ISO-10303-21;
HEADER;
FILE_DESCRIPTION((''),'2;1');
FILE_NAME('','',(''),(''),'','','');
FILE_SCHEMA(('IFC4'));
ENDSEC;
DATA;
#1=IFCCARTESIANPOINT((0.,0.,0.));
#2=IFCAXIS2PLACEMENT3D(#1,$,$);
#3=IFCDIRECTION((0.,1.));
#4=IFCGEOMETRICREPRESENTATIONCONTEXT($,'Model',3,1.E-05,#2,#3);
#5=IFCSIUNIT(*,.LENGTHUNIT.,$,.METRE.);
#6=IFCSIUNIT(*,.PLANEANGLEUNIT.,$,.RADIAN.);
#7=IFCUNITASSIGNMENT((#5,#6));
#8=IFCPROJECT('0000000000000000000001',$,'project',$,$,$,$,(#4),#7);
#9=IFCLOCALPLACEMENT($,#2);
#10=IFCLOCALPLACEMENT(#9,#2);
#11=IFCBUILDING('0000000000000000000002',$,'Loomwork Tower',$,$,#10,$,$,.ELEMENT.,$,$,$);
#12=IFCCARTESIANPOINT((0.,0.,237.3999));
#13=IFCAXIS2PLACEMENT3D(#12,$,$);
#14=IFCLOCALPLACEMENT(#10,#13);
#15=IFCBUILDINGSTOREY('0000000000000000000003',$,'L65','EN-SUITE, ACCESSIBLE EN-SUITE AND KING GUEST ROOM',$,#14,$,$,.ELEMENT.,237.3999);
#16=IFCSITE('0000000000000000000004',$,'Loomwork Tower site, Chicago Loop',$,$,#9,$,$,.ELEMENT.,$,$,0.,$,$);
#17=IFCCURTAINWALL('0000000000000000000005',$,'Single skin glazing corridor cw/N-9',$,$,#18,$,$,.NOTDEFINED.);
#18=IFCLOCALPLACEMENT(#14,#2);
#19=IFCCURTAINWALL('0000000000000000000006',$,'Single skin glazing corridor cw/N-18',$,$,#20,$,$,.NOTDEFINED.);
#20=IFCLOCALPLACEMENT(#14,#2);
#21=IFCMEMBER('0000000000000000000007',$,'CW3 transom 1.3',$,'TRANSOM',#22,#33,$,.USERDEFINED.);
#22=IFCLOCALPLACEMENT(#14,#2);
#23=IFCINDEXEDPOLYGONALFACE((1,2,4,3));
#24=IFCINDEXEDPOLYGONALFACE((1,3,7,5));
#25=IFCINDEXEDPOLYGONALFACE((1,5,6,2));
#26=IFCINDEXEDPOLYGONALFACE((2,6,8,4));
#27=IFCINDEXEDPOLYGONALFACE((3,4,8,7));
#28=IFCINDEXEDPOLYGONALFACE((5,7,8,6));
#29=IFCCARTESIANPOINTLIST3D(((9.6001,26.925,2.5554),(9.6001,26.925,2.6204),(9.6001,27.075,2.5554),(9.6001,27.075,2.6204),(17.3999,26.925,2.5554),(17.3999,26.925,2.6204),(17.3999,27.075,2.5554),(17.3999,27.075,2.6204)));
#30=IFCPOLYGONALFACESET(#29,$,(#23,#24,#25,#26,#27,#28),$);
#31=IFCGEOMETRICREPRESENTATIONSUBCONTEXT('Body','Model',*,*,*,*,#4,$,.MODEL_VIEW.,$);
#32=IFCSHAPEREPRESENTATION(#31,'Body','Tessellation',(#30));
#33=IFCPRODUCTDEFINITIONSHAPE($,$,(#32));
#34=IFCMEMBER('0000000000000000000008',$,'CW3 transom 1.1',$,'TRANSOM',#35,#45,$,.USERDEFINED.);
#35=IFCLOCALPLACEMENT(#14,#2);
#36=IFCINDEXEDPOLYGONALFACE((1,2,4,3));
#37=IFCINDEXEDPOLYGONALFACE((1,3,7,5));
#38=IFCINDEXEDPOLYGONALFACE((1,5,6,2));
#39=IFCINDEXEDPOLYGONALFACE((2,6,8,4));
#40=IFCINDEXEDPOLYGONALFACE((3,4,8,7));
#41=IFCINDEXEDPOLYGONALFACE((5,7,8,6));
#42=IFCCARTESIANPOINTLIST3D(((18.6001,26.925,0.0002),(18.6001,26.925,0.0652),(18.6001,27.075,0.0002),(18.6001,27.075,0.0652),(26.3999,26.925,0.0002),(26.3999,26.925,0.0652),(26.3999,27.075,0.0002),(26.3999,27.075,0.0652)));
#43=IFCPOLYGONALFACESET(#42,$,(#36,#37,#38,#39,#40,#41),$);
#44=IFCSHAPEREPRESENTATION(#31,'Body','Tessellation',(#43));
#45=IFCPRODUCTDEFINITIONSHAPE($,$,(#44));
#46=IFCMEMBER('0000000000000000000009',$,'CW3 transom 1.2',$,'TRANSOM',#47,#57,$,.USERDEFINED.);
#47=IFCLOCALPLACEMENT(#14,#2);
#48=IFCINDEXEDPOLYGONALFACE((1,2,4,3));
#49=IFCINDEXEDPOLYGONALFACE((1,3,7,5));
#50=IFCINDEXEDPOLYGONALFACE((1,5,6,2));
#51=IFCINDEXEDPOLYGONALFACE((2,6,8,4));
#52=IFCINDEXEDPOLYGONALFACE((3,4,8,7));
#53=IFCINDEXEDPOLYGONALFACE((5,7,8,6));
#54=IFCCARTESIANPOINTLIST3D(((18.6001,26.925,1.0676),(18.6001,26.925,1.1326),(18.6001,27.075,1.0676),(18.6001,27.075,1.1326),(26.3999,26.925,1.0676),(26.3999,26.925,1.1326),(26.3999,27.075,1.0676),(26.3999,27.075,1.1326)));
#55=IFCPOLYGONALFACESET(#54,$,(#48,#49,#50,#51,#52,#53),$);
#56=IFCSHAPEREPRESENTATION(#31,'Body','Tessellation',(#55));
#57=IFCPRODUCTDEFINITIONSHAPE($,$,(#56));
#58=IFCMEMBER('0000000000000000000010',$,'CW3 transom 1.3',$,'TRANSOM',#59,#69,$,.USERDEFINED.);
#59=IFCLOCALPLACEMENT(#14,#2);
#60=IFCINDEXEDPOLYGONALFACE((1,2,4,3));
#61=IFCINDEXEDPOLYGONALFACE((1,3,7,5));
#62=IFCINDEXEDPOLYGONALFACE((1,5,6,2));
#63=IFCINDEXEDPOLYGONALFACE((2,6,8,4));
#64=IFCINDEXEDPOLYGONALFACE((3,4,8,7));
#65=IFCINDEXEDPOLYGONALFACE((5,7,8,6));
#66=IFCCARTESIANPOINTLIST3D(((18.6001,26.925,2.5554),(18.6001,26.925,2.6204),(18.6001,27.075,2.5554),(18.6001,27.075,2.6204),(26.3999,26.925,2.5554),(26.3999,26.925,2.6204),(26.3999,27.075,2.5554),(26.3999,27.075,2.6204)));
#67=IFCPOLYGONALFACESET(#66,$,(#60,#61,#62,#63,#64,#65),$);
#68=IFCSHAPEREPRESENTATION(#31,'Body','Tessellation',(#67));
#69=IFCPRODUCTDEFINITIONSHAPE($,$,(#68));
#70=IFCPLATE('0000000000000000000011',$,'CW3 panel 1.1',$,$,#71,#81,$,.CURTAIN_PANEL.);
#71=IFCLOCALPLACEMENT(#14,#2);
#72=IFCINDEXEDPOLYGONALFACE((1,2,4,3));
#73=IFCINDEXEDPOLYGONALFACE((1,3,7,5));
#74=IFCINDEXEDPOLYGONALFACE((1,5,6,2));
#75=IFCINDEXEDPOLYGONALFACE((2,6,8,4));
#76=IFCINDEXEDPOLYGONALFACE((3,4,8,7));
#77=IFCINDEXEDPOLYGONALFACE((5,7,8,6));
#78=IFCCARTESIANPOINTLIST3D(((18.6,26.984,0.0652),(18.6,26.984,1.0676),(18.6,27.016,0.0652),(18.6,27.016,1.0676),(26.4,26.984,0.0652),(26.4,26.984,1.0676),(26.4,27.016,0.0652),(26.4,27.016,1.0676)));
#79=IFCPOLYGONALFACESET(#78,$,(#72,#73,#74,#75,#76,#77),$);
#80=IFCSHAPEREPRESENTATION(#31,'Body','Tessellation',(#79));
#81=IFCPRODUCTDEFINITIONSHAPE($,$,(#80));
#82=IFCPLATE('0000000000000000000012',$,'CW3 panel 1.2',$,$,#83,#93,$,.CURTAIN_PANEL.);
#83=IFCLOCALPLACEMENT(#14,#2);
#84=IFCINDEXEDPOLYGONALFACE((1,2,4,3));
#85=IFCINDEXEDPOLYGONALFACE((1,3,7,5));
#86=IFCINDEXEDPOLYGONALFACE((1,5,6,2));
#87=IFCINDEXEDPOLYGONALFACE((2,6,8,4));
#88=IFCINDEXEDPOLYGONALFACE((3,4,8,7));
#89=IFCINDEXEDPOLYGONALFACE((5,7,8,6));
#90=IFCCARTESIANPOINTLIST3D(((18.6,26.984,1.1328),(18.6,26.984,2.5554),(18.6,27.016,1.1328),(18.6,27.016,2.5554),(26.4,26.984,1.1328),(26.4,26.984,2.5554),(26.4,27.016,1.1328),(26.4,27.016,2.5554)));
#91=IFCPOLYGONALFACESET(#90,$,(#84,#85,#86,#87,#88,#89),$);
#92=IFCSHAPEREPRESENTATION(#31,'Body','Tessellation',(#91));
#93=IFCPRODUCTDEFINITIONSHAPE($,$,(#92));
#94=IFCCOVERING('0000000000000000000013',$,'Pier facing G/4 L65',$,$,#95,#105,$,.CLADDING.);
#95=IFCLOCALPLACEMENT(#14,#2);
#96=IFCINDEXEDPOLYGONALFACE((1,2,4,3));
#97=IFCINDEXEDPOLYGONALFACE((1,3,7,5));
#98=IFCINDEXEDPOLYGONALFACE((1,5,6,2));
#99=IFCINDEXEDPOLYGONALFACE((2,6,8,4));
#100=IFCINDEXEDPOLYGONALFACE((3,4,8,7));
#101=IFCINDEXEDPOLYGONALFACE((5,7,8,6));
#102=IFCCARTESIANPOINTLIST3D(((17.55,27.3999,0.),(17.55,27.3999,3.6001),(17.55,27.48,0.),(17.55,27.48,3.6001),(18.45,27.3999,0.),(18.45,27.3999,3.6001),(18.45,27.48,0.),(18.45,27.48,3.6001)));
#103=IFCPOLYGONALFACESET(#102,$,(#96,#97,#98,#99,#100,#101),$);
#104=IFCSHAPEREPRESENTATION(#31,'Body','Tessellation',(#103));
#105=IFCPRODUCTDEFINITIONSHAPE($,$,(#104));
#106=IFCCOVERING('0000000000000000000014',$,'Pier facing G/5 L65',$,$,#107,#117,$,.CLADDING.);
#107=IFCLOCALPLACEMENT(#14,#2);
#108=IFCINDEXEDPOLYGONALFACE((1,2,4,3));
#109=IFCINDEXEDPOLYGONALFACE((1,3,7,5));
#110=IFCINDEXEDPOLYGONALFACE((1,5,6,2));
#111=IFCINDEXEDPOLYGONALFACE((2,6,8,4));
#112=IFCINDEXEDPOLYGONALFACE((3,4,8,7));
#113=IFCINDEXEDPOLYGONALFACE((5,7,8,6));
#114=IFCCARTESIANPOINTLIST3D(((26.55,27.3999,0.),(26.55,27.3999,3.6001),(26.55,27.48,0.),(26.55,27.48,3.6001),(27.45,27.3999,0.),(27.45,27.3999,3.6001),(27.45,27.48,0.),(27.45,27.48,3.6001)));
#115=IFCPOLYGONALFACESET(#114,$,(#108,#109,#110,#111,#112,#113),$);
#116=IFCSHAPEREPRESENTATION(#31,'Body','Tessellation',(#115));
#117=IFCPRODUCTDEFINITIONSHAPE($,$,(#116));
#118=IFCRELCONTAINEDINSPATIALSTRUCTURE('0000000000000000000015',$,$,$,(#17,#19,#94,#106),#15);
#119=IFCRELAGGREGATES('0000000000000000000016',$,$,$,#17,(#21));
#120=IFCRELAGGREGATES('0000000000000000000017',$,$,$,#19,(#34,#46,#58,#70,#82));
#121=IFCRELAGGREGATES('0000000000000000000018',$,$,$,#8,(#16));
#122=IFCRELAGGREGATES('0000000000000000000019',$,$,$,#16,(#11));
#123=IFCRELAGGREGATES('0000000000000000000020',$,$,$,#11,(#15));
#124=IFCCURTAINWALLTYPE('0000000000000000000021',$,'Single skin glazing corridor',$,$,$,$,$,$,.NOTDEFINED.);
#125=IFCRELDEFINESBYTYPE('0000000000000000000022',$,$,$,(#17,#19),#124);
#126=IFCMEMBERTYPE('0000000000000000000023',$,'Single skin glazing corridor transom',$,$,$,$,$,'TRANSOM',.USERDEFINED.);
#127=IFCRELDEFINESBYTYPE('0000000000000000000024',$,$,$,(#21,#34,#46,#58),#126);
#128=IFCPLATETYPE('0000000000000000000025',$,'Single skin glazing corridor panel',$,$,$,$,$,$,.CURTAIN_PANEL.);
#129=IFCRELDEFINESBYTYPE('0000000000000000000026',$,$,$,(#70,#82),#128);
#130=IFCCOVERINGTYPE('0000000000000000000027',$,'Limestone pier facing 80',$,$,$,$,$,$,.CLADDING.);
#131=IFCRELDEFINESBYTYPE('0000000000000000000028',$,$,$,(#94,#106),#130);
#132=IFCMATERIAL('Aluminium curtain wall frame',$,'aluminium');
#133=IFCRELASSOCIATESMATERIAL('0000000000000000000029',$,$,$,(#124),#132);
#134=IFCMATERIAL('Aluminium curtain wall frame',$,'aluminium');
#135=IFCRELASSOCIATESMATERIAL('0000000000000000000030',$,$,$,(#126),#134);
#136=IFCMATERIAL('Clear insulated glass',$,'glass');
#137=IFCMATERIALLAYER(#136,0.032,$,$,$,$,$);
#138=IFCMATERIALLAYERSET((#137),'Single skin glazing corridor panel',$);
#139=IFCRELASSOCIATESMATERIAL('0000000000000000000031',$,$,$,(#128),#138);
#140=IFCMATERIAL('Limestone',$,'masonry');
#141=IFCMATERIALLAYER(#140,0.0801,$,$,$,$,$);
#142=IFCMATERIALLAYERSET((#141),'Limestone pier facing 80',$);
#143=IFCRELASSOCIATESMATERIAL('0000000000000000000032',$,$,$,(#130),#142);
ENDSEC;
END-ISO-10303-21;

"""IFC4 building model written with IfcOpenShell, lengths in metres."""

from ifc_helpers import new_model, si_unit, direction, frame, origin, origin_2d, place, context, subcontext, project, spatial, rectangle, extrude, material, layer, layer_set, material_profile, profile_set, type_object, element, aggregate, save


model = new_model("IFC4")

# Units and contexts
model_context = context("Model", 3, precision=1e-05, world=origin(), true_north=direction((0.0, 1.0)))
body_context = subcontext(model_context, "Body", "Model", "MODEL_VIEW")
ifc_project = project(units=[si_unit("LENGTHUNIT", "METRE"), si_unit("PLANEANGLEUNIT", "RADIAN")], contexts=[model_context])

# Site, building, storey
site_placement = place(None, origin())
site = spatial("IfcSite", under=ifc_project, at=site_placement, Name="Loomwork Tower site, Chicago Loop", CompositionType="ELEMENT", RefElevation=0.0)
building_placement = place(site_placement, origin())
building = spatial("IfcBuilding", under=site, at=building_placement, Name="Loomwork Tower", CompositionType="ELEMENT")
storey_placement = place(building_placement, frame((0.0, 0.0, 237.3999)))
storey = spatial("IfcBuildingStorey", under=building, at=storey_placement, Name="L65", Description="EN-SUITE, ACCESSIBLE EN-SUITE AND KING GUEST ROOM", CompositionType="ELEMENT", Elevation=237.3999)

# Curtain wall
ifc_material_1 = material(Name="Aluminium curtain wall frame", Category="aluminium")
curtain_wall_type = type_object("IfcCurtainWallType", Name="Single skin glazing corridor", PredefinedType="NOTDEFINED", material=ifc_material_1)
curtain_wall_1_placement = place(storey_placement, origin())
curtain_wall_1 = element("IfcCurtainWall", 1, at=curtain_wall_1_placement, inside=storey, type_object=curtain_wall_type, Name="Single skin glazing corridor cw/N-9", PredefinedType="NOTDEFINED")

# Curtain wall
curtain_wall_2_placement = place(storey_placement, origin())
curtain_wall_2 = element("IfcCurtainWall", 2, at=curtain_wall_2_placement, inside=storey, type_object=curtain_wall_type, Name="Single skin glazing corridor cw/N-18", PredefinedType="NOTDEFINED")

# Members
ifc_material_2 = material(Name="Aluminium curtain wall frame", Category="aluminium")
ifc_material_profile_1 = material_profile(ifc_material_2, rectangle(XDim=0.1499, YDim=0.0649, at=origin_2d()), Name="AL 65x150")
ifc_profile_set_1 = profile_set([ifc_material_profile_1], Name="Aluminium curtain wall frame")
member_type_1 = type_object("IfcMemberType", Name="Single skin glazing corridor transom", ElementType="TRANSOM", PredefinedType="USERDEFINED", material=ifc_profile_set_1)
member_1_placement = place(storey_placement, frame((17.3999, 27.0, 2.5879), z_axis=(-1.0, 0.0, 0.0), x_axis=(0.0, -1.0, 0.0)))
member_1 = element("IfcMember", 3, at=member_1_placement, type_object=member_type_1, Name="CW3 transom 1.3", ObjectType="TRANSOM", PredefinedType="USERDEFINED", context=body_context, shape_type="SweptSolid", body=[
    extrude(rectangle(XDim=0.1499, YDim=0.0649, at=origin_2d()), origin(), (0.0, 0.0, 1.0), 7.7998),
])
aggregate(curtain_wall_1, [member_1])
member_2_placement = place(storey_placement, frame((26.3999, 27.0, 0.0327), z_axis=(-1.0, 0.0, 0.0), x_axis=(0.0, -1.0, 0.0)))
member_2 = element("IfcMember", 4, at=member_2_placement, type_object=member_type_1, Name="CW3 transom 1.1", ObjectType="TRANSOM", PredefinedType="USERDEFINED", context=body_context, shape_type="SweptSolid", body=[
    extrude(rectangle(XDim=0.1499, YDim=0.0649, at=origin_2d()), origin(), (0.0, 0.0, 1.0), 7.7998),
])
member_3_placement = place(storey_placement, frame((26.3999, 27.0, 1.1001), z_axis=(-1.0, 0.0, 0.0), x_axis=(0.0, -1.0, 0.0)))
member_3 = element("IfcMember", 5, at=member_3_placement, type_object=member_type_1, Name="CW3 transom 1.2", ObjectType="TRANSOM", PredefinedType="USERDEFINED", context=body_context, shape_type="SweptSolid", body=[
    extrude(rectangle(XDim=0.1499, YDim=0.0649, at=origin_2d()), origin(), (0.0, 0.0, 1.0), 7.7998),
])
member_4_placement = place(storey_placement, frame((26.3999, 27.0, 2.5879), z_axis=(-1.0, 0.0, 0.0), x_axis=(0.0, -1.0, 0.0)))
member_4 = element("IfcMember", 6, at=member_4_placement, type_object=member_type_1, Name="CW3 transom 1.3", ObjectType="TRANSOM", PredefinedType="USERDEFINED", context=body_context, shape_type="SweptSolid", body=[
    extrude(rectangle(XDim=0.1499, YDim=0.0649, at=origin_2d()), origin(), (0.0, 0.0, 1.0), 7.7998),
])

# Plates
ifc_material_3 = material(Name="Clear insulated glass", Category="glass")
ifc_layer_1 = layer(ifc_material_3, 0.032)
ifc_layer_set_1 = layer_set([ifc_layer_1], Name="Single skin glazing corridor panel")
plate_type = type_object("IfcPlateType", Name="Single skin glazing corridor panel", PredefinedType="CURTAIN_PANEL", material=ifc_layer_set_1)
plate_1_placement = place(storey_placement, frame((22.5, 27.0, 0.0652), z_axis=(0.0, 0.0, 1.0), x_axis=(-1.0, 0.0, 0.0)))
plate_1 = element("IfcPlate", 7, at=plate_1_placement, type_object=plate_type, Name="CW3 panel 1.1", PredefinedType="CURTAIN_PANEL", context=body_context, shape_type="SweptSolid", body=[
    extrude(rectangle(XDim=7.8, YDim=0.032, at=origin_2d()), origin(), (0.0, 0.0, 1.0), 1.0024),
])
plate_2_placement = place(storey_placement, frame((22.5, 27.0, 1.1328), z_axis=(0.0, 0.0, 1.0), x_axis=(-1.0, 0.0, 0.0)))
plate_2 = element("IfcPlate", 8, at=plate_2_placement, type_object=plate_type, Name="CW3 panel 1.2", PredefinedType="CURTAIN_PANEL", context=body_context, shape_type="SweptSolid", body=[
    extrude(rectangle(XDim=7.8, YDim=0.032, at=origin_2d()), origin(), (0.0, 0.0, 1.0), 1.4226),
])
aggregate(curtain_wall_2, [member_2, member_3, member_4, plate_1, plate_2])

# Coverings
ifc_material_4 = material(Name="Limestone", Category="masonry")
ifc_layer_2 = layer(ifc_material_4, 0.0801)
ifc_layer_set_2 = layer_set([ifc_layer_2], Name="Limestone pier facing 80")
covering_type = type_object("IfcCoveringType", Name="Limestone pier facing 80", PredefinedType="CLADDING", material=ifc_layer_set_2)
for number, where, z_axis, x_axis, name in (
    (9, (18.0, 27.4399, 0.0), (0.0, 0.0, 1.0), (1.0, 0.0, 0.0), "Pier facing G/4 L65"),
    (10, (27.0, 27.4399, 0.0), (0.0, 0.0, 1.0), (1.0, 0.0, 0.0), "Pier facing G/5 L65"),
):
    element("IfcCovering", number, at=place(storey_placement, frame(where, z_axis=z_axis, x_axis=x_axis)), inside=storey, type_object=covering_type, Name=name, PredefinedType="CLADDING", context=body_context, shape_type="SweptSolid", body=[
        extrude(rectangle(XDim=0.8999, YDim=0.0801, at=origin_2d()), origin(), (0.0, 0.0, 1.0), 3.6001),
    ])

save(model, "model.ifc")
